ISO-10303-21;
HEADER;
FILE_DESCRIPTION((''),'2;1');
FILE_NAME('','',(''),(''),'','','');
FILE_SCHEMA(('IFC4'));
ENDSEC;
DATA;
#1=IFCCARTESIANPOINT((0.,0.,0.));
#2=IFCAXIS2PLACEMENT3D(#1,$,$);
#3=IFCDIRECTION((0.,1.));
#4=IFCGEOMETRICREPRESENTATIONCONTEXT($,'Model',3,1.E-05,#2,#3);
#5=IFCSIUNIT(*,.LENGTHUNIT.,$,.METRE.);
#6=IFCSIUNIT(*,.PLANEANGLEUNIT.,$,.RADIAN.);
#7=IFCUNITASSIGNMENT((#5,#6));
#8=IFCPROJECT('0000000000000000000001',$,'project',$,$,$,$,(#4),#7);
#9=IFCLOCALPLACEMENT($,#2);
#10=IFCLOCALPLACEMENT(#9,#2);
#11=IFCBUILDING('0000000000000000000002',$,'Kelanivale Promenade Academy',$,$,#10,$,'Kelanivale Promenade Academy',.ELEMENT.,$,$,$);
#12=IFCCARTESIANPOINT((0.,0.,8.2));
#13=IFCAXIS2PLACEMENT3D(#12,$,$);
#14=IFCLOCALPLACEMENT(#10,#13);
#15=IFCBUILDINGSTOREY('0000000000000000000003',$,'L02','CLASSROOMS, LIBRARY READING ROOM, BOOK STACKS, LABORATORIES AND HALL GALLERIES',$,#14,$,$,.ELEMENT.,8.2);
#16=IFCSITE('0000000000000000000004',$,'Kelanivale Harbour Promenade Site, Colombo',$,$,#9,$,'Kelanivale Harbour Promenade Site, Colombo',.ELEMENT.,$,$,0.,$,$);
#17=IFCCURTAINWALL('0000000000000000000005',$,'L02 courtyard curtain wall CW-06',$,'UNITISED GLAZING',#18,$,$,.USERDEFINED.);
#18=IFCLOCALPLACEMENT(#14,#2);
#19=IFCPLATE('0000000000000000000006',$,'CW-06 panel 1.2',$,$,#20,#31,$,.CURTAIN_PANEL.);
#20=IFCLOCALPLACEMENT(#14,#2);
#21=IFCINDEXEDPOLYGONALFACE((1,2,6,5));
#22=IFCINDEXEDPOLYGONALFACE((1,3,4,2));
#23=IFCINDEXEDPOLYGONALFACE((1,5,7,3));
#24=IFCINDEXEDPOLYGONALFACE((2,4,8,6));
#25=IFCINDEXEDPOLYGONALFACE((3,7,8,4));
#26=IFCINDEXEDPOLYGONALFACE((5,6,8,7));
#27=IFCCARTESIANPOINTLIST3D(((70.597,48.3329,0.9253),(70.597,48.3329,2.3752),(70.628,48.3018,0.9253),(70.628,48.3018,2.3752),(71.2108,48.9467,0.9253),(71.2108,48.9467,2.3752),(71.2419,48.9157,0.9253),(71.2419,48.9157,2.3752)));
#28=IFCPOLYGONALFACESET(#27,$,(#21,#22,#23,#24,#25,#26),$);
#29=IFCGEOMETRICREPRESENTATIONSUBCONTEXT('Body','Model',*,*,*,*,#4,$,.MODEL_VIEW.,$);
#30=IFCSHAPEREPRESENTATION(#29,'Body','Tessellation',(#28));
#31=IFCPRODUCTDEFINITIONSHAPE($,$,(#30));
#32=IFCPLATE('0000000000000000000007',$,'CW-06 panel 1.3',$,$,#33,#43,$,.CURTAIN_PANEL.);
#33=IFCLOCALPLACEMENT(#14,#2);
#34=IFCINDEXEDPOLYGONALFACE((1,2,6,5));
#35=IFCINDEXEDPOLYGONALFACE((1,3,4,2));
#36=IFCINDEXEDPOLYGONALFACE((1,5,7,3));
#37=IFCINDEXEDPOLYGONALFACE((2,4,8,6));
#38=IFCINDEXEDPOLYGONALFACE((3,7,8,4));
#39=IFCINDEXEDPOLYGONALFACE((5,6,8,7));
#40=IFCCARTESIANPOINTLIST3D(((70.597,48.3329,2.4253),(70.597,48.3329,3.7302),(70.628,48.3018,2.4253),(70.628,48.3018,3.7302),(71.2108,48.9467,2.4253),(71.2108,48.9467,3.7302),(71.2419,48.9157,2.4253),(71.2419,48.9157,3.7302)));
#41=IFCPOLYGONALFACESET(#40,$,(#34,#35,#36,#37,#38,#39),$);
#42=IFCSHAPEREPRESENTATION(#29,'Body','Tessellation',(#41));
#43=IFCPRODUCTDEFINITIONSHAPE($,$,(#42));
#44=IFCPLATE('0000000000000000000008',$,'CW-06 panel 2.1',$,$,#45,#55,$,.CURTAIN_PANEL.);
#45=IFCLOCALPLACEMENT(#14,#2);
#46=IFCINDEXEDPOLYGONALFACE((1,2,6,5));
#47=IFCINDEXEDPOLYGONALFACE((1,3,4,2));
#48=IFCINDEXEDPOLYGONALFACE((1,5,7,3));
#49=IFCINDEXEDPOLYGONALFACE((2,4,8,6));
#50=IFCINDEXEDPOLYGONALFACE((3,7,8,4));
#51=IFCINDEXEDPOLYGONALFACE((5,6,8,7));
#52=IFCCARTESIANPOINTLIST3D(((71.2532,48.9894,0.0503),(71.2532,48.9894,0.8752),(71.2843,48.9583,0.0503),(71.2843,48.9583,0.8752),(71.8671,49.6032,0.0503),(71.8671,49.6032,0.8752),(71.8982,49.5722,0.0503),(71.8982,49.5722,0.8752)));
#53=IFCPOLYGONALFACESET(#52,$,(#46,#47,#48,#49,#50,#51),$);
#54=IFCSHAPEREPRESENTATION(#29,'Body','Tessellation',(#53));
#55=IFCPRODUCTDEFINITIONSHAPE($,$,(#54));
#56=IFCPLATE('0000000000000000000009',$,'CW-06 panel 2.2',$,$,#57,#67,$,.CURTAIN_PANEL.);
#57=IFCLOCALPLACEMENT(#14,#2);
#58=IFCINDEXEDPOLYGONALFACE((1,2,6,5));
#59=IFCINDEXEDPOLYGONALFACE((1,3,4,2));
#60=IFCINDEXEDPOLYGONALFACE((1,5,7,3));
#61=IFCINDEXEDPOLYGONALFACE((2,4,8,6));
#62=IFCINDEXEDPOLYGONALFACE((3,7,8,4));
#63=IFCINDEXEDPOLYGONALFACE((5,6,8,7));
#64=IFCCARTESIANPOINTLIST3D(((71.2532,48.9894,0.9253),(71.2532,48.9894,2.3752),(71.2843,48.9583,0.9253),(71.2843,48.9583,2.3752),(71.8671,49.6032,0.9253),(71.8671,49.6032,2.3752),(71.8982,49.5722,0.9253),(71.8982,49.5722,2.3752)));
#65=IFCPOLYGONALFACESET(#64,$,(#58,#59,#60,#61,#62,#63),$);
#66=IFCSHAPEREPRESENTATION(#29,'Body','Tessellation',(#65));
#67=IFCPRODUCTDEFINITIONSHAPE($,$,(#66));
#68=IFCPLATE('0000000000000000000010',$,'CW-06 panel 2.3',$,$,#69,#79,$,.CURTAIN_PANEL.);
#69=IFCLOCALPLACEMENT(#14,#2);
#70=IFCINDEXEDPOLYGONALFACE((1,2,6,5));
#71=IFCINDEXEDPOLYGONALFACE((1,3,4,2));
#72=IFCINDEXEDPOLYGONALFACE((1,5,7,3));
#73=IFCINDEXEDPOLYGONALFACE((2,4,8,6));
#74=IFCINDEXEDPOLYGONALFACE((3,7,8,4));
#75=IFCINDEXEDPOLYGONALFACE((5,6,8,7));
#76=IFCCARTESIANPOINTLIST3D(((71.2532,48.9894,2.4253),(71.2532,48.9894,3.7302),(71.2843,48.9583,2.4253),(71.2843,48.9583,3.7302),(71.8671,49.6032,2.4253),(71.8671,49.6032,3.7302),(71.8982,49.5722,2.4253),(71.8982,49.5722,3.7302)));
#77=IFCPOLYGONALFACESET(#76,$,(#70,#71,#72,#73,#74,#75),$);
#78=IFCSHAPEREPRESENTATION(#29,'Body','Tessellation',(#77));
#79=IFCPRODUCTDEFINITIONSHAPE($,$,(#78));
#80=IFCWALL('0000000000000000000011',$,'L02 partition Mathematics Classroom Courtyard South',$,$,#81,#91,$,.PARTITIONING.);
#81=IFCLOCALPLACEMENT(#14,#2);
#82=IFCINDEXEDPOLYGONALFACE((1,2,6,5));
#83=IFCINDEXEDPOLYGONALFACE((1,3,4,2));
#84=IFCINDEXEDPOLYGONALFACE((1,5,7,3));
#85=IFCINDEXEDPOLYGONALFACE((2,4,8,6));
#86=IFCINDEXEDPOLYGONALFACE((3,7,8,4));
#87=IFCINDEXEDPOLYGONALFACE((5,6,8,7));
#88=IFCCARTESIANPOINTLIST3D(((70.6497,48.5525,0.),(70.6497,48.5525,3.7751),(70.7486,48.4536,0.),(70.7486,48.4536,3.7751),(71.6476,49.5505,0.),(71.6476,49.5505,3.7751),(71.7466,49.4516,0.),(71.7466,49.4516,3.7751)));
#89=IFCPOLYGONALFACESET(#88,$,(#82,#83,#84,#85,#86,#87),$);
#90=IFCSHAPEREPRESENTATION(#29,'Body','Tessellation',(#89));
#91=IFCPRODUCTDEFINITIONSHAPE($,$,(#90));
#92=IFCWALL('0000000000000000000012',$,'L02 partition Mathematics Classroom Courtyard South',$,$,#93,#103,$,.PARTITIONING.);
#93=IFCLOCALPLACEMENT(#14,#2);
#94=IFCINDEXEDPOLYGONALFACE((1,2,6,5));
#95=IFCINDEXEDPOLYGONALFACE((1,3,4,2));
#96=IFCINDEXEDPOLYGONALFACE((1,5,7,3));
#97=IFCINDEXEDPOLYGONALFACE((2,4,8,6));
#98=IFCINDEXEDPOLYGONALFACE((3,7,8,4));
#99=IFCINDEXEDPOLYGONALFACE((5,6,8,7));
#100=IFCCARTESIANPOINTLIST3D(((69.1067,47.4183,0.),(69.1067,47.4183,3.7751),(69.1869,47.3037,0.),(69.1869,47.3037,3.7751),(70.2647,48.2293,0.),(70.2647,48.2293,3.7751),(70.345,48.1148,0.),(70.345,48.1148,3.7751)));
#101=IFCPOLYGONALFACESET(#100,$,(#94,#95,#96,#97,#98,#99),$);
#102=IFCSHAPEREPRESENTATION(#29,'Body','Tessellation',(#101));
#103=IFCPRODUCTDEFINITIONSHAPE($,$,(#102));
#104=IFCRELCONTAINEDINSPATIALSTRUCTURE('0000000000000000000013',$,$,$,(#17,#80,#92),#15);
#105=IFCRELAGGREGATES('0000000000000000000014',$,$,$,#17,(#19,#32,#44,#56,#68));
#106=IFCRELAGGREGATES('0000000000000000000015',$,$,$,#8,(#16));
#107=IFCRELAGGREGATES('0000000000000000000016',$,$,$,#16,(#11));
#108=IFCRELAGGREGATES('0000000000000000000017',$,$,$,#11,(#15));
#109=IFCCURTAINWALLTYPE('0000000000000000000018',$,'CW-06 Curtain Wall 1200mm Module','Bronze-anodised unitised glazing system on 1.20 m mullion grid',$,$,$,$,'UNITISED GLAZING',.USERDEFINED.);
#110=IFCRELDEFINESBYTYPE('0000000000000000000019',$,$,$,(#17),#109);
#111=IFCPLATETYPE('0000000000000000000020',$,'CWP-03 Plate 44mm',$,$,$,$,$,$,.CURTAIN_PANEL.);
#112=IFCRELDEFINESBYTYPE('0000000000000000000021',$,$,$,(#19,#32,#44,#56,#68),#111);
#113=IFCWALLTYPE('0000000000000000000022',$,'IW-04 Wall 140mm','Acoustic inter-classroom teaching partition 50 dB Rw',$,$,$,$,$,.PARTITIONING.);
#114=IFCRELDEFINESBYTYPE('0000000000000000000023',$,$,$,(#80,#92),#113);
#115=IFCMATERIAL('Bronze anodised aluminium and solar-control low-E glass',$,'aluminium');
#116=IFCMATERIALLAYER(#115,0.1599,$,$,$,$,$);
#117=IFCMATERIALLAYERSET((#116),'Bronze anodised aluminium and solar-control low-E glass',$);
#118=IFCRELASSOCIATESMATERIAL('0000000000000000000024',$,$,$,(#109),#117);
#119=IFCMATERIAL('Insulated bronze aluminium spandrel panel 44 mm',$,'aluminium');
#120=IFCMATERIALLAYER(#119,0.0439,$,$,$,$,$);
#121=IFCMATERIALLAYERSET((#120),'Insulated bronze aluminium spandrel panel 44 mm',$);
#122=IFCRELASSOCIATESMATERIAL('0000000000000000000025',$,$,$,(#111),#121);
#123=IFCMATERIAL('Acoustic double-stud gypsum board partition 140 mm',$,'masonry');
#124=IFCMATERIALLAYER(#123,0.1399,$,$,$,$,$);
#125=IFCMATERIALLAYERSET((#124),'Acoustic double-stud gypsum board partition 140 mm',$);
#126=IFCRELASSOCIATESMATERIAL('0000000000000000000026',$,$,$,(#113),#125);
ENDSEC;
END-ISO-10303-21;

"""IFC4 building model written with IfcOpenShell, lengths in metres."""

from ifc_helpers import new_model, si_unit, direction, frame, frame_2d, origin, origin_2d, place, context, subcontext, project, spatial, rectangle, extrude, material, layer, layer_set, type_object, element, aggregate, save


model = new_model("IFC4")

# Units and contexts
model_context = context("Model", 3, precision=1e-05, world=origin(), true_north=direction((0.0, 1.0)))
body_context = subcontext(model_context, "Body", "Model", "MODEL_VIEW")
ifc_project = project(units=[si_unit("LENGTHUNIT", "METRE"), si_unit("PLANEANGLEUNIT", "RADIAN")], contexts=[model_context])

# Site, building, storey
site_placement = place(None, origin())
site = spatial("IfcSite", under=ifc_project, at=site_placement, Name="Kelanivale Harbour Promenade Site, Colombo", LongName="Kelanivale Harbour Promenade Site, Colombo", CompositionType="ELEMENT", RefElevation=0.0)
building_placement = place(site_placement, origin())
building = spatial("IfcBuilding", under=site, at=building_placement, Name="Kelanivale Promenade Academy", LongName="Kelanivale Promenade Academy", CompositionType="ELEMENT")
storey_placement = place(building_placement, frame((0.0, 0.0, 8.2)))
storey = spatial("IfcBuildingStorey", under=building, at=storey_placement, Name="L02", Description="CLASSROOMS, LIBRARY READING ROOM, BOOK STACKS, LABORATORIES AND HALL GALLERIES", CompositionType="ELEMENT", Elevation=8.2)

# Curtain wall
ifc_material_1 = material(Name="Bronze anodised aluminium and solar-control low-E glass", Category="aluminium")
ifc_layer_1 = layer(ifc_material_1, 0.1599)
ifc_layer_set_1 = layer_set([ifc_layer_1], Name="Bronze anodised aluminium and solar-control low-E glass")
curtain_wall_type_1 = type_object("IfcCurtainWallType", Name="CW-06 Curtain Wall 1200mm Module", Description="Bronze-anodised unitised glazing system on 1.20 m mullion grid", ElementType="UNITISED GLAZING", PredefinedType="USERDEFINED", material=ifc_layer_set_1)
curtain_wall_1_placement = place(storey_placement, origin())
curtain_wall_1 = element("IfcCurtainWall", 1, at=curtain_wall_1_placement, inside=storey, type_object=curtain_wall_type_1, Name="L02 courtyard curtain wall CW-06", ObjectType="UNITISED GLAZING", PredefinedType="USERDEFINED")

# Plates
ifc_material_2 = material(Name="Insulated bronze aluminium spandrel panel 44 mm", Category="aluminium")
ifc_layer_2 = layer(ifc_material_2, 0.0439)
ifc_layer_set_2 = layer_set([ifc_layer_2], Name="Insulated bronze aluminium spandrel panel 44 mm")
plate_type_1 = type_object("IfcPlateType", Name="CWP-03 Plate 44mm", PredefinedType="CURTAIN_PANEL", material=ifc_layer_set_2)
plate_1_placement = place(storey_placement, frame((70.9194, 48.6243, 0.9253), z_axis=(0.0, 0.0, 1.0), x_axis=(0.707107, 0.707107, 0.0)))
plate_1 = element("IfcPlate", 2, at=plate_1_placement, type_object=plate_type_1, Name="CW-06 panel 1.2", PredefinedType="CURTAIN_PANEL", context=body_context, shape_type="SweptSolid", body=[
    extrude(rectangle(XDim=0.8682, YDim=0.0439, at=origin_2d()), origin(), (0.0, 0.0, 1.0), 1.45),
])
plate_2_placement = place(storey_placement, frame((70.9194, 48.6243, 2.4253), z_axis=(0.0, 0.0, 1.0), x_axis=(0.707107, 0.707107, 0.0)))
plate_2 = element("IfcPlate", 3, at=plate_2_placement, type_object=plate_type_1, Name="CW-06 panel 1.3", PredefinedType="CURTAIN_PANEL", context=body_context, shape_type="SweptSolid", body=[
    extrude(rectangle(XDim=0.8682, YDim=0.0439, at=origin_2d()), origin(), (0.0, 0.0, 1.0), 1.3049),
])
plate_3_placement = place(storey_placement, frame((71.5757, 49.2808, 0.0503), z_axis=(0.0, 0.0, 1.0), x_axis=(0.707107, 0.707107, 0.0)))
plate_3 = element("IfcPlate", 4, at=plate_3_placement, type_object=plate_type_1, Name="CW-06 panel 2.1", PredefinedType="CURTAIN_PANEL", context=body_context, shape_type="SweptSolid", body=[
    extrude(rectangle(XDim=0.8682, YDim=0.0439, at=origin_2d()), origin(), (0.0, 0.0, 1.0), 0.825),
])
plate_4_placement = place(storey_placement, frame((71.5757, 49.2808, 0.9253), z_axis=(0.0, 0.0, 1.0), x_axis=(0.707107, 0.707107, 0.0)))
plate_4 = element("IfcPlate", 5, at=plate_4_placement, type_object=plate_type_1, Name="CW-06 panel 2.2", PredefinedType="CURTAIN_PANEL", context=body_context, shape_type="SweptSolid", body=[
    extrude(rectangle(XDim=0.8682, YDim=0.0439, at=origin_2d()), origin(), (0.0, 0.0, 1.0), 1.45),
])
plate_5_placement = place(storey_placement, frame((71.5757, 49.2808, 2.4253), z_axis=(0.0, 0.0, 1.0), x_axis=(0.707107, 0.707107, 0.0)))
plate_5 = element("IfcPlate", 6, at=plate_5_placement, type_object=plate_type_1, Name="CW-06 panel 2.3", PredefinedType="CURTAIN_PANEL", context=body_context, shape_type="SweptSolid", body=[
    extrude(rectangle(XDim=0.8682, YDim=0.0439, at=origin_2d()), origin(), (0.0, 0.0, 1.0), 1.3049),
])
aggregate(curtain_wall_1, [plate_1, plate_2, plate_3, plate_4, plate_5])

# Walls
ifc_material_3 = material(Name="Acoustic double-stud gypsum board partition 140 mm", Category="masonry")
ifc_layer_3 = layer(ifc_material_3, 0.1399)
ifc_layer_set_3 = layer_set([ifc_layer_3], Name="Acoustic double-stud gypsum board partition 140 mm")
wall_type = type_object("IfcWallType", Name="IW-04 Wall 140mm", Description="Acoustic inter-classroom teaching partition 50 dB Rw", PredefinedType="PARTITIONING", material=ifc_layer_set_3)
wall_1_placement = place(storey_placement, frame((71.697, 49.501, 0.0), z_axis=(0.0, 0.0, 1.0), x_axis=(-0.707107, -0.707107, 0.0)))
element("IfcWall", 7, at=wall_1_placement, inside=storey, type_object=wall_type, Name="L02 partition Mathematics Classroom Courtyard South", PredefinedType="PARTITIONING", context=body_context, shape_type="SweptSolid", body=[
    extrude(rectangle(XDim=1.4114, YDim=0.1399, at=frame_2d((0.7056, 0.0))), origin(), (0.0, 0.0, 1.0), 3.7751),
])
wall_2_placement = place(storey_placement, frame((70.3049, 48.1721, 0.0), z_axis=(0.0, 0.0, 1.0), x_axis=(-0.819078, -0.573683, 0.0)))
element("IfcWall", 8, at=wall_2_placement, inside=storey, type_object=wall_type, Name="L02 partition Mathematics Classroom Courtyard South", PredefinedType="PARTITIONING", context=body_context, shape_type="SweptSolid", body=[
    extrude(rectangle(XDim=1.4138, YDim=0.1399, at=frame_2d((0.707, 0.0))), origin(), (0.0, 0.0, 1.0), 3.7751),
])

save(model, "model.ifc")
